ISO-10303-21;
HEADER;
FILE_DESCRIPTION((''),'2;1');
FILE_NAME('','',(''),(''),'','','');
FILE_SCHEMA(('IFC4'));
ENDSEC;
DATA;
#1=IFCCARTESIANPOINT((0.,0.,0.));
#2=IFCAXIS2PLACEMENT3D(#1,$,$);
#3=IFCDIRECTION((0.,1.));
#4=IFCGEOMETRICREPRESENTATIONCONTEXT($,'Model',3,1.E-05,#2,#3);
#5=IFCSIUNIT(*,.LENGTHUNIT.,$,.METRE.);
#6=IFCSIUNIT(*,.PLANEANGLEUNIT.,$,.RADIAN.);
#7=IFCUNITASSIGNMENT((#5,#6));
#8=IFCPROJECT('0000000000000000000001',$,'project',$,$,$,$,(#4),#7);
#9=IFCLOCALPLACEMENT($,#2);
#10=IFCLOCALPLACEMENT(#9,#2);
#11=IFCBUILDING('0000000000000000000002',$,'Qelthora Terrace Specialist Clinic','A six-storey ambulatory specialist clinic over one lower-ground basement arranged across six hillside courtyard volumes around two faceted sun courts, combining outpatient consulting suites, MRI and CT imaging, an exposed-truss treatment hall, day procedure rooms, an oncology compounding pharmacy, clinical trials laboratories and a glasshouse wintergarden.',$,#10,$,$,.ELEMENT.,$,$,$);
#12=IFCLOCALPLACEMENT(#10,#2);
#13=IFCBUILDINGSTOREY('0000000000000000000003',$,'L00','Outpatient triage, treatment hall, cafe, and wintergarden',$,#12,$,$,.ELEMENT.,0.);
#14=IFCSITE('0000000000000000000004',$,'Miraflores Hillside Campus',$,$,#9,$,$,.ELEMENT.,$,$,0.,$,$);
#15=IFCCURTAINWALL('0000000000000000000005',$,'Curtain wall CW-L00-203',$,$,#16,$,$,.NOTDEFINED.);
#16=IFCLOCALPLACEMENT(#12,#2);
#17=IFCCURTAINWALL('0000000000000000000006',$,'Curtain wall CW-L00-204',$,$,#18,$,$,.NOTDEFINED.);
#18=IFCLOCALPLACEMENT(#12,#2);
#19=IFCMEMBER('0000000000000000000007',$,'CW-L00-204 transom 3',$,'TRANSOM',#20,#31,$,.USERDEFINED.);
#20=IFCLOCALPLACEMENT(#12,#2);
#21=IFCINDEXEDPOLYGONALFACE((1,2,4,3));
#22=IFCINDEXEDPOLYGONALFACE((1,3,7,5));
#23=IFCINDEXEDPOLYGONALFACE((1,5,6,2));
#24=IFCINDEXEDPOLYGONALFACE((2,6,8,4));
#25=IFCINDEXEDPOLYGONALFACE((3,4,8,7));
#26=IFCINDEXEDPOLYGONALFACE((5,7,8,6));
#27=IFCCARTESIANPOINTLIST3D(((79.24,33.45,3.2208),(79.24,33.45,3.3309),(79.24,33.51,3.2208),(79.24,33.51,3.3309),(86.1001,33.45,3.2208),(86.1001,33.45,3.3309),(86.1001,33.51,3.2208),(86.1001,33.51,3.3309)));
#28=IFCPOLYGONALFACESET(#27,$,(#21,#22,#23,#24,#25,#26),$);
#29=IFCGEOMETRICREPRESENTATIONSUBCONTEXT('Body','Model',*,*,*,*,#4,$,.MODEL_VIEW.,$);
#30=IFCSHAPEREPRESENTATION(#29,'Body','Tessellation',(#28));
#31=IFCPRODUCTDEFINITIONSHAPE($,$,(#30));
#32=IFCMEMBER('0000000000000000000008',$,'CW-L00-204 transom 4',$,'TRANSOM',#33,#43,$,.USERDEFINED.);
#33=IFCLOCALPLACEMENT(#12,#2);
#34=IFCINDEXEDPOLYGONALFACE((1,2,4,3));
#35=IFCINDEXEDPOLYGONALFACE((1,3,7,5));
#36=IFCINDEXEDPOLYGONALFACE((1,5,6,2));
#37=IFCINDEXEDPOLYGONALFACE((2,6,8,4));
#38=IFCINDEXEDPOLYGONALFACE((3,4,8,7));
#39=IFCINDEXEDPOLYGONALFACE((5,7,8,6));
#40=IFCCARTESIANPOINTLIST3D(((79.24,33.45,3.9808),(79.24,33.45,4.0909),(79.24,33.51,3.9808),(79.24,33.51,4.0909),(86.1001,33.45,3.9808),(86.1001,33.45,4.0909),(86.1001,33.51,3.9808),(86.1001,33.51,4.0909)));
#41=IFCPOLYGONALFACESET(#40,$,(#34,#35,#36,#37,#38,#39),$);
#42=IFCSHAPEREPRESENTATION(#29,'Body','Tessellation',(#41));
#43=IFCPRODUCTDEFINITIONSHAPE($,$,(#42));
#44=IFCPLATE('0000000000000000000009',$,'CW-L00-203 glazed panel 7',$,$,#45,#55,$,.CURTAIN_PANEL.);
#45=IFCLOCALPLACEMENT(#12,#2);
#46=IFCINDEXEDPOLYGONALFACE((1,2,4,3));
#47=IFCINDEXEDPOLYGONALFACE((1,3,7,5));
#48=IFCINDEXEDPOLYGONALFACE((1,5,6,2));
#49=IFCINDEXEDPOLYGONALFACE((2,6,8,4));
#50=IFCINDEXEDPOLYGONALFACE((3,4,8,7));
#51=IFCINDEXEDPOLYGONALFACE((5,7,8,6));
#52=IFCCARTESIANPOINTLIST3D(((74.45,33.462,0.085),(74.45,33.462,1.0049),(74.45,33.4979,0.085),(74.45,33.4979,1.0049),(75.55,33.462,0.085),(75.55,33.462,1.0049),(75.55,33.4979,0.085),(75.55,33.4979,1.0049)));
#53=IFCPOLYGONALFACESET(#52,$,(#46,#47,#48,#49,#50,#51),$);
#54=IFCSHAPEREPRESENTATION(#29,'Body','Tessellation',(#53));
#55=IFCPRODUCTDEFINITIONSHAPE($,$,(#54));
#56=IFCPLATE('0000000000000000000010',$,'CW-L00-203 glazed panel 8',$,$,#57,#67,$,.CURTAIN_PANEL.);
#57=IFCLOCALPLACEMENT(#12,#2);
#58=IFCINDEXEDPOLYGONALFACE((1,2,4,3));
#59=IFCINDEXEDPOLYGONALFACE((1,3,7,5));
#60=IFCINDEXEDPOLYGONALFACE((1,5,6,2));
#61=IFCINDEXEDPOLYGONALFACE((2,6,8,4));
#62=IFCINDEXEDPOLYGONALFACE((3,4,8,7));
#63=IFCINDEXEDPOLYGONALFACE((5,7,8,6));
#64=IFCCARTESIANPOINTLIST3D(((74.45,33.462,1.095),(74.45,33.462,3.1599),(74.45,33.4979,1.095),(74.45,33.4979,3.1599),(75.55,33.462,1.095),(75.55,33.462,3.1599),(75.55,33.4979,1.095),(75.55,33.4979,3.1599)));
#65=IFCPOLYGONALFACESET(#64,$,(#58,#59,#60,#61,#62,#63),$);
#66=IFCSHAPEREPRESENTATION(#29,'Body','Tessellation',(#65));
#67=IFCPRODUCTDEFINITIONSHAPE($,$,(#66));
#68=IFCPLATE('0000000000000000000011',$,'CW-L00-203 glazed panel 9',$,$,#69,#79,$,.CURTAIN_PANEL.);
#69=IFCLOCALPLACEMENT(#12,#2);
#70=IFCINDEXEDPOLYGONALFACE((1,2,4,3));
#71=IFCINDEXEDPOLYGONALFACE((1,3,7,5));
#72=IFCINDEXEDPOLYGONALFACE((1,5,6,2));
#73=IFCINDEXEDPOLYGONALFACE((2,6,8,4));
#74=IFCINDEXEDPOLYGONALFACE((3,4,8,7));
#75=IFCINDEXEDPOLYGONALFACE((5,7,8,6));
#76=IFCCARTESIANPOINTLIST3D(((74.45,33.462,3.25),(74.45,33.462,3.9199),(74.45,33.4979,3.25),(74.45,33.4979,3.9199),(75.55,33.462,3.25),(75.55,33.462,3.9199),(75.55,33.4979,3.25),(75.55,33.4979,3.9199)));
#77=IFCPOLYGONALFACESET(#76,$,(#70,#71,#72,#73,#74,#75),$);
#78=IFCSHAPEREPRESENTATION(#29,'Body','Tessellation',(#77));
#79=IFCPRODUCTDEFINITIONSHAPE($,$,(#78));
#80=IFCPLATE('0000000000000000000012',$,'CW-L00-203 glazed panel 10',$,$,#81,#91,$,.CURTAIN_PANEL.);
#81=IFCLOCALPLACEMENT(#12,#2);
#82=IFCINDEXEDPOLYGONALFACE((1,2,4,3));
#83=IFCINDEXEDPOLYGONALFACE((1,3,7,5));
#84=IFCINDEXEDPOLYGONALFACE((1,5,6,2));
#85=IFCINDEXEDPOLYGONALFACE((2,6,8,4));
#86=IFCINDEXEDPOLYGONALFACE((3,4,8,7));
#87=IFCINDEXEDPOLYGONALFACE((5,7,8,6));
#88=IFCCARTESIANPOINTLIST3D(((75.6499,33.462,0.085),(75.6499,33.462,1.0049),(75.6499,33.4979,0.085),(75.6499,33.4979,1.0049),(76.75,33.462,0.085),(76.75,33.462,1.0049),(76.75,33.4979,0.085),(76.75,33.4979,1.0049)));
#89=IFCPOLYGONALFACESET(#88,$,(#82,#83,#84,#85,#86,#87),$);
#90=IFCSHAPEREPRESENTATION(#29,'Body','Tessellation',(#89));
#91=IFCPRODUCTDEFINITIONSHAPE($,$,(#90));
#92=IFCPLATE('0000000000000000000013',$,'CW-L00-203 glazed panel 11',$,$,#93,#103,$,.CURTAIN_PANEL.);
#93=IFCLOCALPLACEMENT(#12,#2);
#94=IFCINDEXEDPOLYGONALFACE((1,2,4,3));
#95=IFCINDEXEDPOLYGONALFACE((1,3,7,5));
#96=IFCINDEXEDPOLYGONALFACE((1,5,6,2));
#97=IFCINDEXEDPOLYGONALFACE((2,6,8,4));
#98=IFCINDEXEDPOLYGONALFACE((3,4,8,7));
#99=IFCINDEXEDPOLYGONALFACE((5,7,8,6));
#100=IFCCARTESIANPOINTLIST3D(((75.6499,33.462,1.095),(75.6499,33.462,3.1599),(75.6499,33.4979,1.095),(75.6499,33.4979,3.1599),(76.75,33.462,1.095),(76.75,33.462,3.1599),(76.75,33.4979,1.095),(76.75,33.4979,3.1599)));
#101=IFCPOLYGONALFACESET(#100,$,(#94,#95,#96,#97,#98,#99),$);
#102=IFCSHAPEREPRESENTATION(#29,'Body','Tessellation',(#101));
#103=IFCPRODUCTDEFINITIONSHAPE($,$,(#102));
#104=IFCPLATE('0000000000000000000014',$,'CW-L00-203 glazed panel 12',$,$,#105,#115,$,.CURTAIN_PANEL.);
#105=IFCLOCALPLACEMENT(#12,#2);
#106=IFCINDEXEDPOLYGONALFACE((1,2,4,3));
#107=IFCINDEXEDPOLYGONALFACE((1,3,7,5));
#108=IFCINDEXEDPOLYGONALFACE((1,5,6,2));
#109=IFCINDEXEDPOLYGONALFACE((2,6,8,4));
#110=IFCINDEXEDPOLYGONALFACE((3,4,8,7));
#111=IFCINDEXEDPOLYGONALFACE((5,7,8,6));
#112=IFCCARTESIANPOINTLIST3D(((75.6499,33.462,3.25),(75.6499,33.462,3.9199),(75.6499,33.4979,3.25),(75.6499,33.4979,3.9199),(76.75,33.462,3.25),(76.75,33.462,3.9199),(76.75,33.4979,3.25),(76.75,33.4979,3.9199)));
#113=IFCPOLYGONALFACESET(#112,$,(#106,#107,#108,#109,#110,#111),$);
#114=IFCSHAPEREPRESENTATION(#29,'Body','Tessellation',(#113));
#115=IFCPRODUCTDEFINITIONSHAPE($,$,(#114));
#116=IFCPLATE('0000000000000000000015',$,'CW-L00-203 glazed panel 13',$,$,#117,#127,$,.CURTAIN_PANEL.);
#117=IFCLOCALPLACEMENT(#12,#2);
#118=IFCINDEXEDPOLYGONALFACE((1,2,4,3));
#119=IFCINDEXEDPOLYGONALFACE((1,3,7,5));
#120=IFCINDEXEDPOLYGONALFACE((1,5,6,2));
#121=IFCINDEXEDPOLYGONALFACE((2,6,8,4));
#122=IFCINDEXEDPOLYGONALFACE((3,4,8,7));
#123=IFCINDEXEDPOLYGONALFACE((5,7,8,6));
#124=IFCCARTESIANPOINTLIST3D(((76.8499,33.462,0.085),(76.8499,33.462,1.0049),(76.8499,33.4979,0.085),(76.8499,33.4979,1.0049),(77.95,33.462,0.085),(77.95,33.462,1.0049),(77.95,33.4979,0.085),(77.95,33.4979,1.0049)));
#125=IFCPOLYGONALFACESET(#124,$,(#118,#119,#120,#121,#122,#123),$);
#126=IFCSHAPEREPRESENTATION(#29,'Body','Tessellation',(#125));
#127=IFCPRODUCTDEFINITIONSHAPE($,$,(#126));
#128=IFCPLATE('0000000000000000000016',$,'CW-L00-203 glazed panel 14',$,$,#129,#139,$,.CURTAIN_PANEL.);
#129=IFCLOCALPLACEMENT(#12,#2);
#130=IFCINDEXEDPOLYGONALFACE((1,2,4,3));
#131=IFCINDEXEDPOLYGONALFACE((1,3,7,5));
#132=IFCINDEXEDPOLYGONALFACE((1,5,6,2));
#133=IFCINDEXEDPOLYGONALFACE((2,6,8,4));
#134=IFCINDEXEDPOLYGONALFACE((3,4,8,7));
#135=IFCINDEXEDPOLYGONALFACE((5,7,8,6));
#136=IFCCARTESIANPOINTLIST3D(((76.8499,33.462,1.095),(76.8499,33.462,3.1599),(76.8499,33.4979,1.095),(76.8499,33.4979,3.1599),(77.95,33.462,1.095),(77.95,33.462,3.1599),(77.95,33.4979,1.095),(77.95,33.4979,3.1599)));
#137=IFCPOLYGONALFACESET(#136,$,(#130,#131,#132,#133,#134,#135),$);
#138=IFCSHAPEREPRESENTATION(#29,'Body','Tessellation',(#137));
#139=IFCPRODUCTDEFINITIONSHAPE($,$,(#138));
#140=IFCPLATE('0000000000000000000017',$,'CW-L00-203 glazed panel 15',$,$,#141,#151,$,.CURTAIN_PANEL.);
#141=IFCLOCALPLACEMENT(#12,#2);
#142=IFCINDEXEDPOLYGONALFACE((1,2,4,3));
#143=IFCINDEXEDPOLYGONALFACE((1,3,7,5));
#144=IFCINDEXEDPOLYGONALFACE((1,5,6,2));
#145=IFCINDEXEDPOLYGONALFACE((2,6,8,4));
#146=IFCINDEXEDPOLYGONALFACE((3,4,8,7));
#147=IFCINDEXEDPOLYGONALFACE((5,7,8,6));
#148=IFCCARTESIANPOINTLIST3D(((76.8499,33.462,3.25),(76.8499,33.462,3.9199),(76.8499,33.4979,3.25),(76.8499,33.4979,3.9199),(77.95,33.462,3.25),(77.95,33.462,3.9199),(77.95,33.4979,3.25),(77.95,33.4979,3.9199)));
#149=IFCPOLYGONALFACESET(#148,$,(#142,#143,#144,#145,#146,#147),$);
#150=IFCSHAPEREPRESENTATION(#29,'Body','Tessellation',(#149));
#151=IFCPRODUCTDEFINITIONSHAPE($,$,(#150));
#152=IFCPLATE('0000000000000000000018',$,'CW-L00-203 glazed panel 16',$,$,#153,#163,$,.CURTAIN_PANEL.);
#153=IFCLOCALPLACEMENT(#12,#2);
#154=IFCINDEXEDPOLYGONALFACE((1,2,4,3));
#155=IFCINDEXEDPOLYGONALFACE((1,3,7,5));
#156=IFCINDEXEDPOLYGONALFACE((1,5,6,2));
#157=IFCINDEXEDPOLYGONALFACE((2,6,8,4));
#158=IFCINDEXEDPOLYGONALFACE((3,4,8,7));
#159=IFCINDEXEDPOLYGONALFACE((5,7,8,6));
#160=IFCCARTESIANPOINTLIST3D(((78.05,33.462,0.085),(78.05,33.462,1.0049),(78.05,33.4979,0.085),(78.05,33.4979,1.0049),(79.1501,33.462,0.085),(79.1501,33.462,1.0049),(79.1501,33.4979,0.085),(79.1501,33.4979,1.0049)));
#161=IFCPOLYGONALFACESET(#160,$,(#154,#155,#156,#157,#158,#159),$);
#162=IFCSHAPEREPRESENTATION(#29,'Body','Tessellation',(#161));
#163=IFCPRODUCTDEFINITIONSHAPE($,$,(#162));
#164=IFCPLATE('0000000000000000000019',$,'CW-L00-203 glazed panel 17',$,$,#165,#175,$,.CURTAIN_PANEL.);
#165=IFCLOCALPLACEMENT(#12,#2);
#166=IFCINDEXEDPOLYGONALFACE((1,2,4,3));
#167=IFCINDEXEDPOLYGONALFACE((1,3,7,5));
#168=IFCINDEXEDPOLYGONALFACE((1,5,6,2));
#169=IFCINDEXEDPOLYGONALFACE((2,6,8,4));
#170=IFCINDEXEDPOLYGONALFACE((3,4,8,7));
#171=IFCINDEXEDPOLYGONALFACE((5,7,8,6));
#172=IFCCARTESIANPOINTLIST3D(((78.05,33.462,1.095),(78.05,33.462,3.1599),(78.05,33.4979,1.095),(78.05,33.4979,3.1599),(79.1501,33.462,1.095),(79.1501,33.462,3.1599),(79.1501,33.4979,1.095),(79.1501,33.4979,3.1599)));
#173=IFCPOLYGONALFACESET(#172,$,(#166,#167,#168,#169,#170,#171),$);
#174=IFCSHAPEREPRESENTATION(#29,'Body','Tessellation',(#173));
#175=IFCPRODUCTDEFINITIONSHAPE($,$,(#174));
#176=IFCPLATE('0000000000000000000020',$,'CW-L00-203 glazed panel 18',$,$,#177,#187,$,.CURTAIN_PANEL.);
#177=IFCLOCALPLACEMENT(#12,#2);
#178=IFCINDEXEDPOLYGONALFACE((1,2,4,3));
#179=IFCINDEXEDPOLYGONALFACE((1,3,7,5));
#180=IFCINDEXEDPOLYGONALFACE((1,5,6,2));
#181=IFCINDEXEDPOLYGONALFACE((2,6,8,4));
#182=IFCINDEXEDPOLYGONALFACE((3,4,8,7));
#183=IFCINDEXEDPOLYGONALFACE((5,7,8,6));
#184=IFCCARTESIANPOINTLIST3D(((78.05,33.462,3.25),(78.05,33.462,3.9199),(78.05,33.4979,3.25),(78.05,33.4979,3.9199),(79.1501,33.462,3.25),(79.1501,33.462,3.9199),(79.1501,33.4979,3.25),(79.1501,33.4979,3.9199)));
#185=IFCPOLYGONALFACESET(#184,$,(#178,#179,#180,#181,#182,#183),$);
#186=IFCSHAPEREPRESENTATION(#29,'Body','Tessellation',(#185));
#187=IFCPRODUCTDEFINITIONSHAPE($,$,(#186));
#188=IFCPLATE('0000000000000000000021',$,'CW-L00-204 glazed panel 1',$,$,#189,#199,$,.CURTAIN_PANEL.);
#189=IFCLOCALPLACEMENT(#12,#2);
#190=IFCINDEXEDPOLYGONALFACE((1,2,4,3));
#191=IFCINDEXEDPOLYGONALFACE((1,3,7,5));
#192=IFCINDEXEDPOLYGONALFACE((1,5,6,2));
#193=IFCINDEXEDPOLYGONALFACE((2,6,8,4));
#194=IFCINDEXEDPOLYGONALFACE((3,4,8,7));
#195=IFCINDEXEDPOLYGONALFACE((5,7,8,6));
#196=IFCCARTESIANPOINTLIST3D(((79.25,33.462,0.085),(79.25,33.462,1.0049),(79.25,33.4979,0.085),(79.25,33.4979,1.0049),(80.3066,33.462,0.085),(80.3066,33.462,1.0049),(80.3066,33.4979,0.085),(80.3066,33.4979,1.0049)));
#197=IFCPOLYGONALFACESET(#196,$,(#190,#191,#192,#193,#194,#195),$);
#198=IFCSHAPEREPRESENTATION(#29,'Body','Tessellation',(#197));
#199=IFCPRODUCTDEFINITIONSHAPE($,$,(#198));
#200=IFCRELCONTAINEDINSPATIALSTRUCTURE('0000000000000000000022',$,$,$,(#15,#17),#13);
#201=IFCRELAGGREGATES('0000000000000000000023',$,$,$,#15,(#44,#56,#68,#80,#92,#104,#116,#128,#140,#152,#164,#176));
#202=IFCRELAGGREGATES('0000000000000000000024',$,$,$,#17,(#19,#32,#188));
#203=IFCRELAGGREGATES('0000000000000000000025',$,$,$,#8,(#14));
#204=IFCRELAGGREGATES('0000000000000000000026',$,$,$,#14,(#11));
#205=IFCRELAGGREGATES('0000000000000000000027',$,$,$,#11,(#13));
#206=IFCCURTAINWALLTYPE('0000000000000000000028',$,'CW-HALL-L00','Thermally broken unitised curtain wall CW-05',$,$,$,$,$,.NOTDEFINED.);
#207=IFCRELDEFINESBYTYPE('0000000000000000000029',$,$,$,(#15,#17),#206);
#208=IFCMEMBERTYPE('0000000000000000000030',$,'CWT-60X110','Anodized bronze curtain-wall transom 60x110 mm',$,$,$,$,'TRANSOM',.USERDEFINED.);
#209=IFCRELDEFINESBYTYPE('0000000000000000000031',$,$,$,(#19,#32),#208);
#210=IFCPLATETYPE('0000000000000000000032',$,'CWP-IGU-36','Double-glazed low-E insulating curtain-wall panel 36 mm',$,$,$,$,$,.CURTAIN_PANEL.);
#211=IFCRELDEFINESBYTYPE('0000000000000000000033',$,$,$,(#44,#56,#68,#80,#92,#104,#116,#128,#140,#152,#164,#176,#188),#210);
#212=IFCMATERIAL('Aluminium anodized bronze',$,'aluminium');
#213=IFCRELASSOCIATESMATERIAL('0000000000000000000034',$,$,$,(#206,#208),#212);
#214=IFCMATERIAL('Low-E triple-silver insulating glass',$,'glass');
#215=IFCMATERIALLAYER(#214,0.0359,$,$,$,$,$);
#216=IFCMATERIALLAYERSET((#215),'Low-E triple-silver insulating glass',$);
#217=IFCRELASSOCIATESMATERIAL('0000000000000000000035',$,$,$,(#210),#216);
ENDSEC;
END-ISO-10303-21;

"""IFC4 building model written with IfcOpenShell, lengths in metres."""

from ifc_helpers import new_model, si_unit, direction, frame, origin, origin_2d, place, context, subcontext, project, spatial, rectangle, extrude, material, layer, layer_set, material_profile, profile_set, type_object, element, aggregate, save


model = new_model("IFC4")

# Units and contexts
model_context = context("Model", 3, precision=1e-05, world=origin(), true_north=direction((0.0, 1.0)))
body_context = subcontext(model_context, "Body", "Model", "MODEL_VIEW")
ifc_project = project(units=[si_unit("LENGTHUNIT", "METRE"), si_unit("PLANEANGLEUNIT", "RADIAN")], contexts=[model_context])

# Site, building, storey
site_placement = place(None, origin())
site = spatial("IfcSite", under=ifc_project, at=site_placement, Name="Miraflores Hillside Campus", CompositionType="ELEMENT", RefElevation=0.0)
building_placement = place(site_placement, origin())
building = spatial("IfcBuilding", under=site, at=building_placement, Name="Qelthora Terrace Specialist Clinic", Description="A six-storey ambulatory specialist clinic over one lower-ground basement arranged across six hillside courtyard volumes around two faceted sun courts, combining outpatient consulting suites, MRI and CT imaging, an exposed-truss treatment hall, day procedure rooms, an oncology compounding pharmacy, clinical trials laboratories and a glasshouse wintergarden.", CompositionType="ELEMENT")
storey_placement = place(building_placement, origin())
storey = spatial("IfcBuildingStorey", under=building, at=storey_placement, Name="L00", Description="Outpatient triage, treatment hall, cafe, and wintergarden", CompositionType="ELEMENT", Elevation=0.0)

# Curtain walls, members
ifc_material_1 = material(Name="Aluminium anodized bronze", Category="aluminium")
curtain_wall_type = type_object("IfcCurtainWallType", Name="CW-HALL-L00", Description="Thermally broken unitised curtain wall CW-05", PredefinedType="NOTDEFINED", material=ifc_material_1)
curtain_wall_1_placement = place(storey_placement, origin())
curtain_wall_1 = element("IfcCurtainWall", 1, at=curtain_wall_1_placement, inside=storey, type_object=curtain_wall_type, Name="Curtain wall CW-L00-203", PredefinedType="NOTDEFINED")
curtain_wall_2_placement = place(storey_placement, origin())
curtain_wall_2 = element("IfcCurtainWall", 2, at=curtain_wall_2_placement, inside=storey, type_object=curtain_wall_type, Name="Curtain wall CW-L00-204", PredefinedType="NOTDEFINED")
ifc_material_profile_1 = material_profile(ifc_material_1, rectangle(XDim=0.0601, YDim=0.1101, at=origin_2d()), Name="CWT60X110")
ifc_profile_set_1 = profile_set([ifc_material_profile_1], Name="Aluminium anodized bronze")
member_type_1 = type_object("IfcMemberType", Name="CWT-60X110", Description="Anodized bronze curtain-wall transom 60x110 mm", ElementType="TRANSOM", PredefinedType="USERDEFINED", material=ifc_profile_set_1)
member_1_placement = place(storey_placement, frame((79.24, 33.48, 3.2759), z_axis=(1.0, 0.0, 0.0), x_axis=(0.0, 1.0, 0.0)))
member_1 = element("IfcMember", 3, at=member_1_placement, type_object=member_type_1, Name="CW-L00-204 transom 3", ObjectType="TRANSOM", PredefinedType="USERDEFINED", context=body_context, shape_type="SweptSolid", body=[
    extrude(rectangle(XDim=0.0601, YDim=0.1101, at=origin_2d()), origin(), (0.0, 0.0, 1.0), 6.8601),
])
member_2_placement = place(storey_placement, frame((79.24, 33.48, 4.0359), z_axis=(1.0, 0.0, 0.0), x_axis=(0.0, 1.0, 0.0)))
member_2 = element("IfcMember", 4, at=member_2_placement, type_object=member_type_1, Name="CW-L00-204 transom 4", ObjectType="TRANSOM", PredefinedType="USERDEFINED", context=body_context, shape_type="SweptSolid", body=[
    extrude(rectangle(XDim=0.0601, YDim=0.1101, at=origin_2d()), origin(), (0.0, 0.0, 1.0), 6.8601),
])

# Plates
ifc_material_2 = material(Name="Low-E triple-silver insulating glass", Category="glass")
ifc_layer_1 = layer(ifc_material_2, 0.0359)
ifc_layer_set_1 = layer_set([ifc_layer_1], Name="Low-E triple-silver insulating glass")
plate_type_1 = type_object("IfcPlateType", Name="CWP-IGU-36", Description="Double-glazed low-E insulating curtain-wall panel 36 mm", PredefinedType="CURTAIN_PANEL", material=ifc_layer_set_1)
plate_1_placement = place(storey_placement, frame((75.0, 33.48, 0.085), z_axis=(0.0, 0.0, 1.0), x_axis=(1.0, 0.0, 0.0)))
plate_1 = element("IfcPlate", 5, at=plate_1_placement, type_object=plate_type_1, Name="CW-L00-203 glazed panel 7", PredefinedType="CURTAIN_PANEL", context=body_context, shape_type="SweptSolid", body=[
    extrude(rectangle(XDim=1.1001, YDim=0.0359, at=origin_2d()), origin(), (0.0, 0.0, 1.0), 0.9199),
])
plate_2_placement = place(storey_placement, frame((75.0, 33.48, 1.095), z_axis=(0.0, 0.0, 1.0), x_axis=(1.0, 0.0, 0.0)))
plate_2 = element("IfcPlate", 6, at=plate_2_placement, type_object=plate_type_1, Name="CW-L00-203 glazed panel 8", PredefinedType="CURTAIN_PANEL", context=body_context, shape_type="SweptSolid", body=[
    extrude(rectangle(XDim=1.1001, YDim=0.0359, at=origin_2d()), origin(), (0.0, 0.0, 1.0), 2.0649),
])
plate_3_placement = place(storey_placement, frame((75.0, 33.48, 3.25), z_axis=(0.0, 0.0, 1.0), x_axis=(1.0, 0.0, 0.0)))
plate_3 = element("IfcPlate", 7, at=plate_3_placement, type_object=plate_type_1, Name="CW-L00-203 glazed panel 9", PredefinedType="CURTAIN_PANEL", context=body_context, shape_type="SweptSolid", body=[
    extrude(rectangle(XDim=1.1001, YDim=0.0359, at=origin_2d()), origin(), (0.0, 0.0, 1.0), 0.6699),
])
plate_4_placement = place(storey_placement, frame((76.2, 33.48, 0.085), z_axis=(0.0, 0.0, 1.0), x_axis=(1.0, 0.0, 0.0)))
plate_4 = element("IfcPlate", 8, at=plate_4_placement, type_object=plate_type_1, Name="CW-L00-203 glazed panel 10", PredefinedType="CURTAIN_PANEL", context=body_context, shape_type="SweptSolid", body=[
    extrude(rectangle(XDim=1.1001, YDim=0.0359, at=origin_2d()), origin(), (0.0, 0.0, 1.0), 0.9199),
])
plate_5_placement = place(storey_placement, frame((76.2, 33.48, 1.095), z_axis=(0.0, 0.0, 1.0), x_axis=(1.0, 0.0, 0.0)))
plate_5 = element("IfcPlate", 9, at=plate_5_placement, type_object=plate_type_1, Name="CW-L00-203 glazed panel 11", PredefinedType="CURTAIN_PANEL", context=body_context, shape_type="SweptSolid", body=[
    extrude(rectangle(XDim=1.1001, YDim=0.0359, at=origin_2d()), origin(), (0.0, 0.0, 1.0), 2.0649),
])
plate_6_placement = place(storey_placement, frame((76.2, 33.48, 3.25), z_axis=(0.0, 0.0, 1.0), x_axis=(1.0, 0.0, 0.0)))
plate_6 = element("IfcPlate", 10, at=plate_6_placement, type_object=plate_type_1, Name="CW-L00-203 glazed panel 12", PredefinedType="CURTAIN_PANEL", context=body_context, shape_type="SweptSolid", body=[
    extrude(rectangle(XDim=1.1001, YDim=0.0359, at=origin_2d()), origin(), (0.0, 0.0, 1.0), 0.6699),
])
plate_7_placement = place(storey_placement, frame((77.3999, 33.48, 0.085), z_axis=(0.0, 0.0, 1.0), x_axis=(1.0, 0.0, 0.0)))
plate_7 = element("IfcPlate", 11, at=plate_7_placement, type_object=plate_type_1, Name="CW-L00-203 glazed panel 13", PredefinedType="CURTAIN_PANEL", context=body_context, shape_type="SweptSolid", body=[
    extrude(rectangle(XDim=1.1001, YDim=0.0359, at=origin_2d()), origin(), (0.0, 0.0, 1.0), 0.9199),
])
plate_8_placement = place(storey_placement, frame((77.3999, 33.48, 1.095), z_axis=(0.0, 0.0, 1.0), x_axis=(1.0, 0.0, 0.0)))
plate_8 = element("IfcPlate", 12, at=plate_8_placement, type_object=plate_type_1, Name="CW-L00-203 glazed panel 14", PredefinedType="CURTAIN_PANEL", context=body_context, shape_type="SweptSolid", body=[
    extrude(rectangle(XDim=1.1001, YDim=0.0359, at=origin_2d()), origin(), (0.0, 0.0, 1.0), 2.0649),
])
plate_9_placement = place(storey_placement, frame((77.3999, 33.48, 3.25), z_axis=(0.0, 0.0, 1.0), x_axis=(1.0, 0.0, 0.0)))
plate_9 = element("IfcPlate", 13, at=plate_9_placement, type_object=plate_type_1, Name="CW-L00-203 glazed panel 15", PredefinedType="CURTAIN_PANEL", context=body_context, shape_type="SweptSolid", body=[
    extrude(rectangle(XDim=1.1001, YDim=0.0359, at=origin_2d()), origin(), (0.0, 0.0, 1.0), 0.6699),
])
plate_10_placement = place(storey_placement, frame((78.6001, 33.48, 0.085), z_axis=(0.0, 0.0, 1.0), x_axis=(1.0, 0.0, 0.0)))
plate_10 = element("IfcPlate", 14, at=plate_10_placement, type_object=plate_type_1, Name="CW-L00-203 glazed panel 16", PredefinedType="CURTAIN_PANEL", context=body_context, shape_type="SweptSolid", body=[
    extrude(rectangle(XDim=1.1001, YDim=0.0359, at=origin_2d()), origin(), (0.0, 0.0, 1.0), 0.9199),
])
plate_11_placement = place(storey_placement, frame((78.6001, 33.48, 1.095), z_axis=(0.0, 0.0, 1.0), x_axis=(1.0, 0.0, 0.0)))
plate_11 = element("IfcPlate", 15, at=plate_11_placement, type_object=plate_type_1, Name="CW-L00-203 glazed panel 17", PredefinedType="CURTAIN_PANEL", context=body_context, shape_type="SweptSolid", body=[
    extrude(rectangle(XDim=1.1001, YDim=0.0359, at=origin_2d()), origin(), (0.0, 0.0, 1.0), 2.0649),
])
plate_12_placement = place(storey_placement, frame((78.6001, 33.48, 3.25), z_axis=(0.0, 0.0, 1.0), x_axis=(1.0, 0.0, 0.0)))
plate_12 = element("IfcPlate", 16, at=plate_12_placement, type_object=plate_type_1, Name="CW-L00-203 glazed panel 18", PredefinedType="CURTAIN_PANEL", context=body_context, shape_type="SweptSolid", body=[
    extrude(rectangle(XDim=1.1001, YDim=0.0359, at=origin_2d()), origin(), (0.0, 0.0, 1.0), 0.6699),
])
aggregate(curtain_wall_1, [plate_1, plate_2, plate_3, plate_4, plate_5, plate_6, plate_7, plate_8, plate_9, plate_10, plate_11, plate_12])
plate_13_placement = place(storey_placement, frame((79.7783, 33.48, 0.085), z_axis=(0.0, 0.0, 1.0), x_axis=(1.0, 0.0, 0.0)))
plate_13 = element("IfcPlate", 17, at=plate_13_placement, type_object=plate_type_1, Name="CW-L00-204 glazed panel 1", PredefinedType="CURTAIN_PANEL", context=body_context, shape_type="SweptSolid", body=[
    extrude(rectangle(XDim=1.0566, YDim=0.0359, at=origin_2d()), origin(), (0.0, 0.0, 1.0), 0.9199),
])
aggregate(curtain_wall_2, [member_1, member_2, plate_13])

save(model, "model.ifc")
